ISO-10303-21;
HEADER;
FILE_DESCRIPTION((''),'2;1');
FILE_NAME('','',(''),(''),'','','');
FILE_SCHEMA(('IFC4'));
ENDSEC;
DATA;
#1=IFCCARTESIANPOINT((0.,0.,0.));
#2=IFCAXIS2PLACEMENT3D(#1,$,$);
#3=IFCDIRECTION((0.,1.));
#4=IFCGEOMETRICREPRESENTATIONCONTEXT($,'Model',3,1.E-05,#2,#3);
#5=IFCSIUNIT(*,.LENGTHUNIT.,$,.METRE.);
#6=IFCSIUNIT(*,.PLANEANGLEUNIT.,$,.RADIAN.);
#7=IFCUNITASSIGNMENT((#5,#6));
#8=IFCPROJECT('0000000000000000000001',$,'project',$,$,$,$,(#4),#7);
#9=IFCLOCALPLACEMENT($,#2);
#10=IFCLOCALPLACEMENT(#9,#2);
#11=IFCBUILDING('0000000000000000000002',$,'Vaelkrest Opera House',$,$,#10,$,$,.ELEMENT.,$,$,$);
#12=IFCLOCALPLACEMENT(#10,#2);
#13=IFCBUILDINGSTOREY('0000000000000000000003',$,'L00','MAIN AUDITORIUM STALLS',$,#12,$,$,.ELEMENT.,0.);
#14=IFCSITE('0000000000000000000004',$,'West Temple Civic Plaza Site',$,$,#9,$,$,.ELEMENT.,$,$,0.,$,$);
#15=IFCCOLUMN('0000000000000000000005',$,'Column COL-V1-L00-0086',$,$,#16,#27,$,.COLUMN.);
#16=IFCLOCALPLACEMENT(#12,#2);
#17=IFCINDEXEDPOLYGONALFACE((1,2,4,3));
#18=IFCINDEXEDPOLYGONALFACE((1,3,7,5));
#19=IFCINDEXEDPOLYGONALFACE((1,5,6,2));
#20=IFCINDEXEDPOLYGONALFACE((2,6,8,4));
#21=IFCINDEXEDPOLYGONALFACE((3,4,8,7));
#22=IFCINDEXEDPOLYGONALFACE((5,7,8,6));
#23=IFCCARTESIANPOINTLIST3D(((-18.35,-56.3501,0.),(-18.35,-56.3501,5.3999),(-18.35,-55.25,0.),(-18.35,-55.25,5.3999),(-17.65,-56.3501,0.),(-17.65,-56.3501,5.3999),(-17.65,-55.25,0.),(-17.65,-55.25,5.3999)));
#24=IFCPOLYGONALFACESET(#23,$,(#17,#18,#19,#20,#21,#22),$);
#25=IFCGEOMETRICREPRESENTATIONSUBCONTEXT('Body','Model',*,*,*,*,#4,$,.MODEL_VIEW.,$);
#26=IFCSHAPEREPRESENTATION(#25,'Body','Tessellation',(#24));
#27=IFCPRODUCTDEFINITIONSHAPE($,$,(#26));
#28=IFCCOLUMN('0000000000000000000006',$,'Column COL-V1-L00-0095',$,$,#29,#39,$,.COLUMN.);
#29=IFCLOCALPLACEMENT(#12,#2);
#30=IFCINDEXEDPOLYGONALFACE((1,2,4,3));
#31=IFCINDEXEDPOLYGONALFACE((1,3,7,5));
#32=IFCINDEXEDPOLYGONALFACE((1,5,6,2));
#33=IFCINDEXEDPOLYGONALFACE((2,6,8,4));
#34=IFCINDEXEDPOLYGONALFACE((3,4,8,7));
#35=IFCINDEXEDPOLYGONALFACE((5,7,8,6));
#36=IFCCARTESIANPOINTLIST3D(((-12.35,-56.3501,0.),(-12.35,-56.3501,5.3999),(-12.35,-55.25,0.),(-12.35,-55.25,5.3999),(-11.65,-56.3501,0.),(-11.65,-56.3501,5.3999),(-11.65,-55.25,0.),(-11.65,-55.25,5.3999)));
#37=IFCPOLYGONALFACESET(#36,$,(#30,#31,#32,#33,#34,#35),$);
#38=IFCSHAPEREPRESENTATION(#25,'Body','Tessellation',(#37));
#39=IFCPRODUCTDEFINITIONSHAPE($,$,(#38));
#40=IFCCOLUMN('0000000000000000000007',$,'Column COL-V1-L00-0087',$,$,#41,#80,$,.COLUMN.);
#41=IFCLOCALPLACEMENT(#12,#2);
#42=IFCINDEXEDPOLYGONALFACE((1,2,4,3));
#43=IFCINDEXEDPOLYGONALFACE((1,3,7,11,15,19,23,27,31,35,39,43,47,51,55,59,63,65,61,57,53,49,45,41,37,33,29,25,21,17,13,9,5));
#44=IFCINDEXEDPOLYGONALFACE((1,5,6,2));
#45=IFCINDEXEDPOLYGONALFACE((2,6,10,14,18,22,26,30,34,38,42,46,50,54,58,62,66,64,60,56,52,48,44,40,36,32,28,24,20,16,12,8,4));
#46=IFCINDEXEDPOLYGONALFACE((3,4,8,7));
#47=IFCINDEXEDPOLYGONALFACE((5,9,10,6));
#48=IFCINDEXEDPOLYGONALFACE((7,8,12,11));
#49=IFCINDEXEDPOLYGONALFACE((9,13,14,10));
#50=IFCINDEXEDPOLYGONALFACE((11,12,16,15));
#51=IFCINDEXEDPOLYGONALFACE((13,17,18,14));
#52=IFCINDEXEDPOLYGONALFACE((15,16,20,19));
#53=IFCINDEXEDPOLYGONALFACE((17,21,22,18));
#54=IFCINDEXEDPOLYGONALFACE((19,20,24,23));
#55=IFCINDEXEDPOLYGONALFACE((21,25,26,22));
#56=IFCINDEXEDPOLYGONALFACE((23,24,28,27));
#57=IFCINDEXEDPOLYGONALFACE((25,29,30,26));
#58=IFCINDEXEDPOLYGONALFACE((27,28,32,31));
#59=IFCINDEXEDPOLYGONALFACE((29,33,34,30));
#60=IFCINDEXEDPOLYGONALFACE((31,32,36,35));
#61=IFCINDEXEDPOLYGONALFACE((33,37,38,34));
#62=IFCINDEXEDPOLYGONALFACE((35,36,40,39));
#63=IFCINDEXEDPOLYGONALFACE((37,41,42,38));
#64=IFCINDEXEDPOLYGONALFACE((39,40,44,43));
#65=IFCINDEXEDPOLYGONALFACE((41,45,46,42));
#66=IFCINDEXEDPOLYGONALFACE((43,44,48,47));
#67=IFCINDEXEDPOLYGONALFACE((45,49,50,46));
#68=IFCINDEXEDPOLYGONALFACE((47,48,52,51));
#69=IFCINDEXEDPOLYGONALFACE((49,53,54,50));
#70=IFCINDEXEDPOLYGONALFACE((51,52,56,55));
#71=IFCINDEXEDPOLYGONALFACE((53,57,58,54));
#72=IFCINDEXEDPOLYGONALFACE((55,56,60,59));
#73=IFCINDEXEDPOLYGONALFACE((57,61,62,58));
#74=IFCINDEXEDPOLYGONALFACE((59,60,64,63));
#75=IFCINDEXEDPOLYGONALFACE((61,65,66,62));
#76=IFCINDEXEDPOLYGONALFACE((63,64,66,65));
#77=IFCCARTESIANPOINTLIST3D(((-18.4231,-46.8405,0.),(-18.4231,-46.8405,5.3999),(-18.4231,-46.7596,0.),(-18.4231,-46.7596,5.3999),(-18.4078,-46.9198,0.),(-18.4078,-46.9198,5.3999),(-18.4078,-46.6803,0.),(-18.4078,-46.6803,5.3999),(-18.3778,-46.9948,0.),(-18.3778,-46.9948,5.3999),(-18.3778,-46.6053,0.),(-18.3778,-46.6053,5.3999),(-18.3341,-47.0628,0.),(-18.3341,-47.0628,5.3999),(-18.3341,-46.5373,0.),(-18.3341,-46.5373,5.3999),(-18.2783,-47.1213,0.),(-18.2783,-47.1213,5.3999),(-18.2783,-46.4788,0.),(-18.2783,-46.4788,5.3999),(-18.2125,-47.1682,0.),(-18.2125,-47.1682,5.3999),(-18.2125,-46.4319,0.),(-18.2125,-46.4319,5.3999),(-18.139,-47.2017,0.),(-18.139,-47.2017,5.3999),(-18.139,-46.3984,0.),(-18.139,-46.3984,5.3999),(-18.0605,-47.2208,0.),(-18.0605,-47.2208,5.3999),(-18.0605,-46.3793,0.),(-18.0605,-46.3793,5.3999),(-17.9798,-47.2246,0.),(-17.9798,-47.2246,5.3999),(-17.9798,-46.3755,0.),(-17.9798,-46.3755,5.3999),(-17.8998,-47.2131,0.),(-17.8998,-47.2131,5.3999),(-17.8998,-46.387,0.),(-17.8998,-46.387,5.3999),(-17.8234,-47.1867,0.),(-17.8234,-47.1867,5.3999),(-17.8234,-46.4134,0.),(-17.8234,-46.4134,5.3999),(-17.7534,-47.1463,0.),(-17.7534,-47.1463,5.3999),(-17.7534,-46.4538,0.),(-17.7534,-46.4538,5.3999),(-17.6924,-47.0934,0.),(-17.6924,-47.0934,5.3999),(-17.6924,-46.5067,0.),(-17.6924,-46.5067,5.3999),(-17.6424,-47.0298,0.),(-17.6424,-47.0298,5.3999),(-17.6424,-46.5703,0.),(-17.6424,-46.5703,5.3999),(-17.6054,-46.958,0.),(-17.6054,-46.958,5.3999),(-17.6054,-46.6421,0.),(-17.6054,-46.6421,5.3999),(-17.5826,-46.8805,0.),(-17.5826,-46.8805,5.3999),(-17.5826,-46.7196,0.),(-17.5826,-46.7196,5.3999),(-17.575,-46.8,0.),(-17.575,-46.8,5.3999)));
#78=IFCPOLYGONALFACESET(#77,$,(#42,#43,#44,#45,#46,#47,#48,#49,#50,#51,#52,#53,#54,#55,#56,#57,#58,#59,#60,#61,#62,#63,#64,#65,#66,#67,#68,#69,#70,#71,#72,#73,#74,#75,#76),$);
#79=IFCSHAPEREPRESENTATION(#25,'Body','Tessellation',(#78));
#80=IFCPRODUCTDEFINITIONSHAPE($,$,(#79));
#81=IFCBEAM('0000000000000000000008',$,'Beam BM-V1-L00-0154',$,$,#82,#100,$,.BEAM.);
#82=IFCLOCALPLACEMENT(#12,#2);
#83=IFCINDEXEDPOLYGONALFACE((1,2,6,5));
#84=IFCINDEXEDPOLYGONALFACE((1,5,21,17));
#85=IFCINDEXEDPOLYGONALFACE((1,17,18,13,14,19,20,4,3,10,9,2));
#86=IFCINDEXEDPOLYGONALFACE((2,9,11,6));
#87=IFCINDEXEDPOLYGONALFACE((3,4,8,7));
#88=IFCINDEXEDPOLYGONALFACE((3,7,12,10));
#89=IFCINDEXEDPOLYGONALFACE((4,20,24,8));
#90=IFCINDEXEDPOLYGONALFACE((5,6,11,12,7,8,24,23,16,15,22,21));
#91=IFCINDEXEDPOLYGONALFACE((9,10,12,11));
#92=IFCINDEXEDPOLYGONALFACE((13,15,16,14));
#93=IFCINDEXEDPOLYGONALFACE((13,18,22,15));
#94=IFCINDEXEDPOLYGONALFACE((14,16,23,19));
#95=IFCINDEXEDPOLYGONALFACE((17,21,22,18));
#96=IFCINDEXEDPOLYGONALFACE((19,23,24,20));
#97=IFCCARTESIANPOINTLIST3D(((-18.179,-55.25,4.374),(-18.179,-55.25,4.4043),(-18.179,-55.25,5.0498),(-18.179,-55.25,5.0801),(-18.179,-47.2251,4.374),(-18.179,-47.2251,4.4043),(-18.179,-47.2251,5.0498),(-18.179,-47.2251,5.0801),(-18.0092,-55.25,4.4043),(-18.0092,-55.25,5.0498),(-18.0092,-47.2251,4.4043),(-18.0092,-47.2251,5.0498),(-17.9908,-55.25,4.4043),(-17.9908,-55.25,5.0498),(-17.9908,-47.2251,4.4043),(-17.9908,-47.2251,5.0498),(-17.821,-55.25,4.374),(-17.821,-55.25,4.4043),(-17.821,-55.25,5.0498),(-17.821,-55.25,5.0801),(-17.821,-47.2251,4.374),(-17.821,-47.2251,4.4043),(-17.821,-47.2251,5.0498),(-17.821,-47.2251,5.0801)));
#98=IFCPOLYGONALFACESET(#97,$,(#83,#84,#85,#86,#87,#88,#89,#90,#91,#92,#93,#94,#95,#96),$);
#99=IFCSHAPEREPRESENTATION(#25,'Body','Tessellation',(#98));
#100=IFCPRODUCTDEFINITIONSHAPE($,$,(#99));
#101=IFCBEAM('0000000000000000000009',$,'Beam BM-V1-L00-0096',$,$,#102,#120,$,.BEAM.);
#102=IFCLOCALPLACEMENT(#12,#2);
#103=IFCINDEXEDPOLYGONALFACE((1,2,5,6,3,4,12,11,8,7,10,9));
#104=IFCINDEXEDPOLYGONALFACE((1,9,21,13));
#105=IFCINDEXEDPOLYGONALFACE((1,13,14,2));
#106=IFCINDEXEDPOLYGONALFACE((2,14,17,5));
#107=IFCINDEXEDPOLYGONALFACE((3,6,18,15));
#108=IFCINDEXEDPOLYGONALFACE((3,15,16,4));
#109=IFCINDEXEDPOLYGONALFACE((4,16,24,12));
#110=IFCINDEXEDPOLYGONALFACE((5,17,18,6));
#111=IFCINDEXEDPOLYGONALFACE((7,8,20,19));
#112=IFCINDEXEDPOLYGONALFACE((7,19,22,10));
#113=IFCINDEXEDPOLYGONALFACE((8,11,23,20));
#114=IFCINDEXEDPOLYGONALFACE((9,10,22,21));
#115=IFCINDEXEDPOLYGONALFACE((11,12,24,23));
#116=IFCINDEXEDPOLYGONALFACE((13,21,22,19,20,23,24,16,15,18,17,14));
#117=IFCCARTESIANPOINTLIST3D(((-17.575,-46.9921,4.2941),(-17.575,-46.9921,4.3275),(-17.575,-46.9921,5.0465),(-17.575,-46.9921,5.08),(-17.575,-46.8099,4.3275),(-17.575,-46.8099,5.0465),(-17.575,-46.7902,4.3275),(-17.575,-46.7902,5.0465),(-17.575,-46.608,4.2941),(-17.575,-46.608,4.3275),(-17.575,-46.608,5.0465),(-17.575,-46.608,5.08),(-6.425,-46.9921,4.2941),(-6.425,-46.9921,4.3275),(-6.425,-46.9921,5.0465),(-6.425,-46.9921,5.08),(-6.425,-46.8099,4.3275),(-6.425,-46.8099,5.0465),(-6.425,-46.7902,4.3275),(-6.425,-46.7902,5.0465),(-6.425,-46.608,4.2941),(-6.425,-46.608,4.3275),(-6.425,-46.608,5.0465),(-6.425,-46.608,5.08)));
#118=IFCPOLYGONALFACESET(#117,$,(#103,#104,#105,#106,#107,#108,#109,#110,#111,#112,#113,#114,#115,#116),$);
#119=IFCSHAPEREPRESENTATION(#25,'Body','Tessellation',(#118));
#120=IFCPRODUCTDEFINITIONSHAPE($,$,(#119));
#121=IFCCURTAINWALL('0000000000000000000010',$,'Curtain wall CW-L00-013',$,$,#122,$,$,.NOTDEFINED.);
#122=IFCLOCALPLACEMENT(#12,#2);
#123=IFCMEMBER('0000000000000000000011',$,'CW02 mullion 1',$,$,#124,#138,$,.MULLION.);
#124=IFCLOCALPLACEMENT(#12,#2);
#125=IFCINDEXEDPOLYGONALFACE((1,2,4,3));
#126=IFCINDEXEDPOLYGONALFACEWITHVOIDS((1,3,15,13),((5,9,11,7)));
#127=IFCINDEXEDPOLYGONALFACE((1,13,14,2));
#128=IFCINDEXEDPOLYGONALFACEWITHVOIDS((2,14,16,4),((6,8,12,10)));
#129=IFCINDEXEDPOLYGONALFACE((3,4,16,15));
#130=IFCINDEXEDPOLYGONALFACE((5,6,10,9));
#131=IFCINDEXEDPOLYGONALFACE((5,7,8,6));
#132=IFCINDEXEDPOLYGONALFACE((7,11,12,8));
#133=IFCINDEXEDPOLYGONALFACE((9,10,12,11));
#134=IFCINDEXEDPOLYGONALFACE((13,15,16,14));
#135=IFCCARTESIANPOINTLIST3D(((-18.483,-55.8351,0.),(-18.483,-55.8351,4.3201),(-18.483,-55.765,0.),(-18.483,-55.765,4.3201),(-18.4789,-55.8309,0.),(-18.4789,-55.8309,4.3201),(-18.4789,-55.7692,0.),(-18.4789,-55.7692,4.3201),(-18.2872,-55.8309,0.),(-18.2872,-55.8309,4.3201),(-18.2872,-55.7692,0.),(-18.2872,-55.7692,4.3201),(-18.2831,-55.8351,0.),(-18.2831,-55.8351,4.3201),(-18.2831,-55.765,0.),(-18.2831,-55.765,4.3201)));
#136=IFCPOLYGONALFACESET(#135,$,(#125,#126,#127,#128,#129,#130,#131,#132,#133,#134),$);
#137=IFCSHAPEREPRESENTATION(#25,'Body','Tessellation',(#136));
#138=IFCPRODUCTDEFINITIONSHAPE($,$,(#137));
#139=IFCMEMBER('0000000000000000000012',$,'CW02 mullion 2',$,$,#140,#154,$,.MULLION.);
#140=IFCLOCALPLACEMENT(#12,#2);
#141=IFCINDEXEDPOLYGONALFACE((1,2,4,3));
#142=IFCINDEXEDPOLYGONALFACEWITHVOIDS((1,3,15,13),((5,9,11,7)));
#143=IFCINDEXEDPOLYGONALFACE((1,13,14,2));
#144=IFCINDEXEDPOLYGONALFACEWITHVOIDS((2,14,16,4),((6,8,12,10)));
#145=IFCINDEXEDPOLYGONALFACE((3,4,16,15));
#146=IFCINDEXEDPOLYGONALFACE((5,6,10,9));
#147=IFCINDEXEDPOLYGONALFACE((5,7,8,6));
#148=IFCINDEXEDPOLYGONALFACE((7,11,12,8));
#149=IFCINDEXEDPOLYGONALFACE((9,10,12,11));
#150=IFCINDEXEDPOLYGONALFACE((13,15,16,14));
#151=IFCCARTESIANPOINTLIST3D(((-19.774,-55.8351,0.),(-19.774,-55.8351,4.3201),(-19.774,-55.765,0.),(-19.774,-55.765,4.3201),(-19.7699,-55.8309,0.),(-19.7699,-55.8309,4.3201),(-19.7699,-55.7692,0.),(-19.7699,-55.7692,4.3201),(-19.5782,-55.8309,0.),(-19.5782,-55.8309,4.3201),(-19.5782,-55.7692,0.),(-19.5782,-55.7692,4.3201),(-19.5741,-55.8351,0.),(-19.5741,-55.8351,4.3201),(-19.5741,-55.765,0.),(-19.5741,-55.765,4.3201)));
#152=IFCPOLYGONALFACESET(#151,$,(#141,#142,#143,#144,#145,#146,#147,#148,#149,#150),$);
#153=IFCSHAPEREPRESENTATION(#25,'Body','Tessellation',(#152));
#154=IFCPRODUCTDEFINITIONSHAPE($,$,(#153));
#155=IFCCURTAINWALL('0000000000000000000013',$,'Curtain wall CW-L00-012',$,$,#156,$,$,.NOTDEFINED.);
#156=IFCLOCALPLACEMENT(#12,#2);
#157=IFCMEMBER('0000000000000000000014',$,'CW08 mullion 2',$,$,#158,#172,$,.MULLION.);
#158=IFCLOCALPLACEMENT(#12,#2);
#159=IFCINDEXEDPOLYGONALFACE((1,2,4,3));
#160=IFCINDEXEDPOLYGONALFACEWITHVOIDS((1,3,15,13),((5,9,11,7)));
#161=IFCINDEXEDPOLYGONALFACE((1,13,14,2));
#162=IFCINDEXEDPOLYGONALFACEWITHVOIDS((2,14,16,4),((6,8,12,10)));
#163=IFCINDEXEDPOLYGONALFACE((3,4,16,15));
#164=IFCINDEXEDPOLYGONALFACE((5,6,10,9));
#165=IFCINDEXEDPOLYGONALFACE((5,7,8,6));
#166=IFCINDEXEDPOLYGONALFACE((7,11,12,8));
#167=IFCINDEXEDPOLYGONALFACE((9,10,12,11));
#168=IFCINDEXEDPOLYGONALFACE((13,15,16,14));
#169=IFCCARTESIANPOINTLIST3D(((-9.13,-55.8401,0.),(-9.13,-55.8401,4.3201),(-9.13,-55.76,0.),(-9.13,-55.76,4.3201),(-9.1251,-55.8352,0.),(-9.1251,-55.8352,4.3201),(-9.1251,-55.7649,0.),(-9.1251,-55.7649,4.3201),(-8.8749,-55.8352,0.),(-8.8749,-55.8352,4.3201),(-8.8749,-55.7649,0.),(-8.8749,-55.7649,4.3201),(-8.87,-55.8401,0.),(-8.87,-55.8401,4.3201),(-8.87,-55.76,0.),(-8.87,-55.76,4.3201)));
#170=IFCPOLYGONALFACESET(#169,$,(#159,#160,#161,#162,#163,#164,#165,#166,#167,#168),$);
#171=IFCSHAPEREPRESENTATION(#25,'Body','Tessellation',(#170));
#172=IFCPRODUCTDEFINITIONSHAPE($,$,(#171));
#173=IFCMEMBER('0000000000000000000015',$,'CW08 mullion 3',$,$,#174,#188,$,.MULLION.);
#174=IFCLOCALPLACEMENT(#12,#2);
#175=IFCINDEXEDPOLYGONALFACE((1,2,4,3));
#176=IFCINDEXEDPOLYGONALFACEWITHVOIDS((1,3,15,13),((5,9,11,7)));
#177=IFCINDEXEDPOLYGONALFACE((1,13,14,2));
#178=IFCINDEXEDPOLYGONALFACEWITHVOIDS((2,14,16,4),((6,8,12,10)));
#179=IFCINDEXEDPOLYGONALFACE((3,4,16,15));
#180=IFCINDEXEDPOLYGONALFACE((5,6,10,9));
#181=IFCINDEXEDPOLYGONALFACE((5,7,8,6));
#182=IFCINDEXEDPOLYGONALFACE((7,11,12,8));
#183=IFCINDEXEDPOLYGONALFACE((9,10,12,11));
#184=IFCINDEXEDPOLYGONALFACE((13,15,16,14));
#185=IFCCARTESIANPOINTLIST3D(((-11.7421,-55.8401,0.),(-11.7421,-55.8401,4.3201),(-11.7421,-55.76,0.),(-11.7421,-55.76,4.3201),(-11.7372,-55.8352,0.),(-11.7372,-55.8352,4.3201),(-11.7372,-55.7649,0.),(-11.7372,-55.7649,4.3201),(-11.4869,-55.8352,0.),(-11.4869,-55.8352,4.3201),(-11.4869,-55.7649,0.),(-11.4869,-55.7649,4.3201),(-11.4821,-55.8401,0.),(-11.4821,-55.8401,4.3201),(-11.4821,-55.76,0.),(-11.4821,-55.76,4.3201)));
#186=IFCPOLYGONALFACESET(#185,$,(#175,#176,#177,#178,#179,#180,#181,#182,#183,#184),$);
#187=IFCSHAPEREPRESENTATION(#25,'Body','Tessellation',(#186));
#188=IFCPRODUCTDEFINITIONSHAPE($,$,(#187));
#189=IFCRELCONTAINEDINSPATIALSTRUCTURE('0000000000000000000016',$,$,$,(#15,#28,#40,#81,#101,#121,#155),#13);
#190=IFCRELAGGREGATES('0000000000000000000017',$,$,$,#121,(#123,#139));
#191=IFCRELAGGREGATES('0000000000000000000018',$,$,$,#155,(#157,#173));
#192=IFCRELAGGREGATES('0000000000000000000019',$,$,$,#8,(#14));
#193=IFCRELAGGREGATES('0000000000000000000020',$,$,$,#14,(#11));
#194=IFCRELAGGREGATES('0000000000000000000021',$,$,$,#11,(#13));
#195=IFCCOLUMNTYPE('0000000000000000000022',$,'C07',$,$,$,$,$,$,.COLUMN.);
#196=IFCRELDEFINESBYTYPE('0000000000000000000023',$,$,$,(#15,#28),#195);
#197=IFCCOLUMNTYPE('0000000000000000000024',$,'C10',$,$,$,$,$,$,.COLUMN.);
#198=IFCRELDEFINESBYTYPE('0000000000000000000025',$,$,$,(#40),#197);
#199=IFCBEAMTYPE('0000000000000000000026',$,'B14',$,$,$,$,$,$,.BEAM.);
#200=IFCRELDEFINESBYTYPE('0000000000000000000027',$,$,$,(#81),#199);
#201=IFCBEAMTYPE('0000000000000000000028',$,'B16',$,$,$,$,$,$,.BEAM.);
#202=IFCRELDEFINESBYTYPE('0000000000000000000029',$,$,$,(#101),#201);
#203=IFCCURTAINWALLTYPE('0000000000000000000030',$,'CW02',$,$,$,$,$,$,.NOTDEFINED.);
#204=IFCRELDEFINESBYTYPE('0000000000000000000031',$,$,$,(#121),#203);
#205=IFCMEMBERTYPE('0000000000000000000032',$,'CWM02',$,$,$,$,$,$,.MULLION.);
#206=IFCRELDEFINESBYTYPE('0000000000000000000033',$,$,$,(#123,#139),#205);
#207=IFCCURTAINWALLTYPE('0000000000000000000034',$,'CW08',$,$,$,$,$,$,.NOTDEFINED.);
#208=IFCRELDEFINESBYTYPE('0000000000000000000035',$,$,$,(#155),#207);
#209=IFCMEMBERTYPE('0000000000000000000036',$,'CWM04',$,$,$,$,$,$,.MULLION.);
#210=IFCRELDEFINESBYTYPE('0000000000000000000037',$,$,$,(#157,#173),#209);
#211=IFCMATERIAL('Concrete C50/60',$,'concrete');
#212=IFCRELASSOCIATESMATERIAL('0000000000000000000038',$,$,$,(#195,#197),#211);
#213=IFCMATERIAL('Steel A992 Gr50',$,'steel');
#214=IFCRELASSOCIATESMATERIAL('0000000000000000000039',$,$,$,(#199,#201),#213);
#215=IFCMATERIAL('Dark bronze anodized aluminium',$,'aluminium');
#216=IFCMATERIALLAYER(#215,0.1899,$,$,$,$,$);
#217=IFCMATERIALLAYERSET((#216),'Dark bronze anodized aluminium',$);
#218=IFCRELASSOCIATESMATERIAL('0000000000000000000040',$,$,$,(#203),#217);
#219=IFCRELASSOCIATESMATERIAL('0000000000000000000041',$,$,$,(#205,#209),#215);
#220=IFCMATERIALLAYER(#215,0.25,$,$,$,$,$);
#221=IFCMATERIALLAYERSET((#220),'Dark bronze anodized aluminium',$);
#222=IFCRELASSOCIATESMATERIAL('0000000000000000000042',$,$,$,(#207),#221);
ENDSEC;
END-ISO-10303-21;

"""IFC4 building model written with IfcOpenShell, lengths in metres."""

from ifc_helpers import new_model, si_unit, direction, frame, origin, origin_2d, place, context, subcontext, project, spatial, rectangle, hollow_rectangle, circle, i_section, extrude, material, layer, layer_set, material_profile, profile_set, type_object, element, aggregate, save


model = new_model("IFC4")

# Units and contexts
model_context = context("Model", 3, precision=1e-05, world=origin(), true_north=direction((0.0, 1.0)))
body_context = subcontext(model_context, "Body", "Model", "MODEL_VIEW")
ifc_project = project(units=[si_unit("LENGTHUNIT", "METRE"), si_unit("PLANEANGLEUNIT", "RADIAN")], contexts=[model_context])

# Site, building, storey
site_placement = place(None, origin())
site = spatial("IfcSite", under=ifc_project, at=site_placement, Name="West Temple Civic Plaza Site", CompositionType="ELEMENT", RefElevation=0.0)
building_placement = place(site_placement, origin())
building = spatial("IfcBuilding", under=site, at=building_placement, Name="Vaelkrest Opera House", CompositionType="ELEMENT")
storey_placement = place(building_placement, origin())
storey = spatial("IfcBuildingStorey", under=building, at=storey_placement, Name="L00", Description="MAIN AUDITORIUM STALLS", CompositionType="ELEMENT", Elevation=0.0)

# Columns
ifc_material_1 = material(Name="Concrete C50/60", Category="concrete")
ifc_material_profile_1 = material_profile(ifc_material_1, rectangle(XDim=0.7, YDim=1.1001, at=origin_2d()), Name="RC700X1100")
ifc_profile_set_1 = profile_set([ifc_material_profile_1], Name="Concrete C50/60")
column_type_1 = type_object("IfcColumnType", Name="C07", PredefinedType="COLUMN", material=ifc_profile_set_1)
for number, where, z_axis, x_axis, name in (
    (1, (-18.0, -55.8, 0.0), (0.0, 0.0, 1.0), (1.0, 0.0, 0.0), "Column COL-V1-L00-0086"),
    (2, (-12.0, -55.8, 0.0), (0.0, 0.0, 1.0), (1.0, 0.0, 0.0), "Column COL-V1-L00-0095"),
):
    element("IfcColumn", number, at=place(storey_placement, frame(where, z_axis=z_axis, x_axis=x_axis)), inside=storey, type_object=column_type_1, Name=name, PredefinedType="COLUMN", context=body_context, shape_type="SweptSolid", body=[
        extrude(rectangle(XDim=0.7, YDim=1.1001, at=origin_2d()), origin(), (0.0, 0.0, 1.0), 5.3999),
    ])
ifc_material_profile_2 = material_profile(ifc_material_1, circle(Radius=0.425, at=origin_2d()), Name="RCD850")
ifc_profile_set_2 = profile_set([ifc_material_profile_2], Name="Concrete C50/60")
column_type_2 = type_object("IfcColumnType", Name="C10", PredefinedType="COLUMN", material=ifc_profile_set_2)
column_placement = place(storey_placement, frame((-18.0, -46.8, 0.0), z_axis=(0.0, 0.0, 1.0), x_axis=(1.0, 0.0, 0.0)))
element("IfcColumn", 3, at=column_placement, inside=storey, type_object=column_type_2, Name="Column COL-V1-L00-0087", PredefinedType="COLUMN", context=body_context, shape_type="SweptSolid", body=[
    extrude(circle(Radius=0.425, at=origin_2d()), origin(), (0.0, 0.0, 1.0), 5.3999),
])

# Beams
ifc_material_2 = material(Name="Steel A992 Gr50", Category="steel")
ifc_material_profile_3 = material_profile(ifc_material_2, i_section(OverallWidth=0.3579, OverallDepth=0.7061, WebThickness=0.0183, FlangeThickness=0.0303, at=origin_2d()), Name="W27X178")
ifc_profile_set_3 = profile_set([ifc_material_profile_3], Name="Steel A992 Gr50")
beam_type_1 = type_object("IfcBeamType", Name="B14", PredefinedType="BEAM", material=ifc_profile_set_3)
beam_1_placement = place(storey_placement, frame((-18.0, -55.25, 4.7271), z_axis=(0.0, 1.0, 0.0), x_axis=(-1.0, 0.0, 0.0)))
element("IfcBeam", 4, at=beam_1_placement, inside=storey, type_object=beam_type_1, Name="Beam BM-V1-L00-0154", PredefinedType="BEAM", context=body_context, shape_type="SweptSolid", body=[
    extrude(i_section(OverallWidth=0.3579, OverallDepth=0.7061, WebThickness=0.0183, FlangeThickness=0.0303, at=origin_2d()), origin(), (0.0, 0.0, 1.0), 8.0249),
])
ifc_material_profile_4 = material_profile(ifc_material_2, i_section(OverallWidth=0.384, OverallDepth=0.7859, WebThickness=0.0198, FlangeThickness=0.0334, at=origin_2d()), Name="W30X211")
ifc_profile_set_4 = profile_set([ifc_material_profile_4], Name="Steel A992 Gr50")
beam_type_2 = type_object("IfcBeamType", Name="B16", PredefinedType="BEAM", material=ifc_profile_set_4)
beam_2_placement = place(storey_placement, frame((-17.575, -46.8, 4.687), z_axis=(1.0, 0.0, 0.0), x_axis=(0.0, 1.0, 0.0)))
element("IfcBeam", 5, at=beam_2_placement, inside=storey, type_object=beam_type_2, Name="Beam BM-V1-L00-0096", PredefinedType="BEAM", context=body_context, shape_type="SweptSolid", body=[
    extrude(i_section(OverallWidth=0.384, OverallDepth=0.7859, WebThickness=0.0198, FlangeThickness=0.0334, at=origin_2d()), origin(), (0.0, 0.0, 1.0), 11.1499),
])

# Curtain walls, members
ifc_material_3 = material(Name="Dark bronze anodized aluminium", Category="aluminium")
ifc_layer_1 = layer(ifc_material_3, 0.1899)
ifc_layer_set_1 = layer_set([ifc_layer_1], Name="Dark bronze anodized aluminium")
curtain_wall_type_1 = type_object("IfcCurtainWallType", Name="CW02", PredefinedType="NOTDEFINED", material=ifc_layer_set_1)
curtain_wall_1_placement = place(storey_placement, origin())
curtain_wall_1 = element("IfcCurtainWall", 6, at=curtain_wall_1_placement, inside=storey, type_object=curtain_wall_type_1, Name="Curtain wall CW-L00-013", PredefinedType="NOTDEFINED")
ifc_material_profile_5 = material_profile(ifc_material_3, hollow_rectangle(XDim=0.0701, YDim=0.2, WallThickness=0.0042, at=origin_2d()), Name="CWM70X200")
ifc_profile_set_5 = profile_set([ifc_material_profile_5], Name="Dark bronze anodized aluminium")
member_type_1 = type_object("IfcMemberType", Name="CWM02", PredefinedType="MULLION", material=ifc_profile_set_5)
member_1_placement = place(storey_placement, frame((-18.3831, -55.8, 0.0), z_axis=(0.0, 0.0, 1.0), x_axis=(0.0, -1.0, 0.0)))
member_1 = element("IfcMember", 7, at=member_1_placement, type_object=member_type_1, Name="CW02 mullion 1", PredefinedType="MULLION", context=body_context, shape_type="SweptSolid", body=[
    extrude(hollow_rectangle(XDim=0.0701, YDim=0.2, WallThickness=0.0042, at=origin_2d()), origin(), (0.0, 0.0, 1.0), 4.3201),
])
member_2_placement = place(storey_placement, frame((-19.6741, -55.8, 0.0), z_axis=(0.0, 0.0, 1.0), x_axis=(0.0, -1.0, 0.0)))
member_2 = element("IfcMember", 8, at=member_2_placement, type_object=member_type_1, Name="CW02 mullion 2", PredefinedType="MULLION", context=body_context, shape_type="SweptSolid", body=[
    extrude(hollow_rectangle(XDim=0.0701, YDim=0.2, WallThickness=0.0042, at=origin_2d()), origin(), (0.0, 0.0, 1.0), 4.3201),
])
ifc_layer_2 = layer(ifc_material_3, 0.25)
ifc_layer_set_2 = layer_set([ifc_layer_2], Name="Dark bronze anodized aluminium")
curtain_wall_type_2 = type_object("IfcCurtainWallType", Name="CW08", PredefinedType="NOTDEFINED", material=ifc_layer_set_2)
curtain_wall_2_placement = place(storey_placement, origin())
curtain_wall_2 = element("IfcCurtainWall", 9, at=curtain_wall_2_placement, inside=storey, type_object=curtain_wall_type_2, Name="Curtain wall CW-L00-012", PredefinedType="NOTDEFINED")
ifc_material_profile_6 = material_profile(ifc_material_3, hollow_rectangle(XDim=0.0801, YDim=0.26, WallThickness=0.0049, at=origin_2d()), Name="CWM80X260")
ifc_profile_set_6 = profile_set([ifc_material_profile_6], Name="Dark bronze anodized aluminium")
member_type_2 = type_object("IfcMemberType", Name="CWM04", PredefinedType="MULLION", material=ifc_profile_set_6)
member_3_placement = place(storey_placement, frame((-9.0, -55.8, 0.0), z_axis=(0.0, 0.0, 1.0), x_axis=(0.0, -1.0, 0.0)))
member_3 = element("IfcMember", 10, at=member_3_placement, type_object=member_type_2, Name="CW08 mullion 2", PredefinedType="MULLION", context=body_context, shape_type="SweptSolid", body=[
    extrude(hollow_rectangle(XDim=0.0801, YDim=0.26, WallThickness=0.0049, at=origin_2d()), origin(), (0.0, 0.0, 1.0), 4.3201),
])
member_4_placement = place(storey_placement, frame((-11.6121, -55.8, 0.0), z_axis=(0.0, 0.0, 1.0), x_axis=(0.0, -1.0, 0.0)))
member_4 = element("IfcMember", 11, at=member_4_placement, type_object=member_type_2, Name="CW08 mullion 3", PredefinedType="MULLION", context=body_context, shape_type="SweptSolid", body=[
    extrude(hollow_rectangle(XDim=0.0801, YDim=0.26, WallThickness=0.0049, at=origin_2d()), origin(), (0.0, 0.0, 1.0), 4.3201),
])

aggregate(curtain_wall_1, [member_1, member_2])
aggregate(curtain_wall_2, [member_3, member_4])

save(model, "model.ifc")
